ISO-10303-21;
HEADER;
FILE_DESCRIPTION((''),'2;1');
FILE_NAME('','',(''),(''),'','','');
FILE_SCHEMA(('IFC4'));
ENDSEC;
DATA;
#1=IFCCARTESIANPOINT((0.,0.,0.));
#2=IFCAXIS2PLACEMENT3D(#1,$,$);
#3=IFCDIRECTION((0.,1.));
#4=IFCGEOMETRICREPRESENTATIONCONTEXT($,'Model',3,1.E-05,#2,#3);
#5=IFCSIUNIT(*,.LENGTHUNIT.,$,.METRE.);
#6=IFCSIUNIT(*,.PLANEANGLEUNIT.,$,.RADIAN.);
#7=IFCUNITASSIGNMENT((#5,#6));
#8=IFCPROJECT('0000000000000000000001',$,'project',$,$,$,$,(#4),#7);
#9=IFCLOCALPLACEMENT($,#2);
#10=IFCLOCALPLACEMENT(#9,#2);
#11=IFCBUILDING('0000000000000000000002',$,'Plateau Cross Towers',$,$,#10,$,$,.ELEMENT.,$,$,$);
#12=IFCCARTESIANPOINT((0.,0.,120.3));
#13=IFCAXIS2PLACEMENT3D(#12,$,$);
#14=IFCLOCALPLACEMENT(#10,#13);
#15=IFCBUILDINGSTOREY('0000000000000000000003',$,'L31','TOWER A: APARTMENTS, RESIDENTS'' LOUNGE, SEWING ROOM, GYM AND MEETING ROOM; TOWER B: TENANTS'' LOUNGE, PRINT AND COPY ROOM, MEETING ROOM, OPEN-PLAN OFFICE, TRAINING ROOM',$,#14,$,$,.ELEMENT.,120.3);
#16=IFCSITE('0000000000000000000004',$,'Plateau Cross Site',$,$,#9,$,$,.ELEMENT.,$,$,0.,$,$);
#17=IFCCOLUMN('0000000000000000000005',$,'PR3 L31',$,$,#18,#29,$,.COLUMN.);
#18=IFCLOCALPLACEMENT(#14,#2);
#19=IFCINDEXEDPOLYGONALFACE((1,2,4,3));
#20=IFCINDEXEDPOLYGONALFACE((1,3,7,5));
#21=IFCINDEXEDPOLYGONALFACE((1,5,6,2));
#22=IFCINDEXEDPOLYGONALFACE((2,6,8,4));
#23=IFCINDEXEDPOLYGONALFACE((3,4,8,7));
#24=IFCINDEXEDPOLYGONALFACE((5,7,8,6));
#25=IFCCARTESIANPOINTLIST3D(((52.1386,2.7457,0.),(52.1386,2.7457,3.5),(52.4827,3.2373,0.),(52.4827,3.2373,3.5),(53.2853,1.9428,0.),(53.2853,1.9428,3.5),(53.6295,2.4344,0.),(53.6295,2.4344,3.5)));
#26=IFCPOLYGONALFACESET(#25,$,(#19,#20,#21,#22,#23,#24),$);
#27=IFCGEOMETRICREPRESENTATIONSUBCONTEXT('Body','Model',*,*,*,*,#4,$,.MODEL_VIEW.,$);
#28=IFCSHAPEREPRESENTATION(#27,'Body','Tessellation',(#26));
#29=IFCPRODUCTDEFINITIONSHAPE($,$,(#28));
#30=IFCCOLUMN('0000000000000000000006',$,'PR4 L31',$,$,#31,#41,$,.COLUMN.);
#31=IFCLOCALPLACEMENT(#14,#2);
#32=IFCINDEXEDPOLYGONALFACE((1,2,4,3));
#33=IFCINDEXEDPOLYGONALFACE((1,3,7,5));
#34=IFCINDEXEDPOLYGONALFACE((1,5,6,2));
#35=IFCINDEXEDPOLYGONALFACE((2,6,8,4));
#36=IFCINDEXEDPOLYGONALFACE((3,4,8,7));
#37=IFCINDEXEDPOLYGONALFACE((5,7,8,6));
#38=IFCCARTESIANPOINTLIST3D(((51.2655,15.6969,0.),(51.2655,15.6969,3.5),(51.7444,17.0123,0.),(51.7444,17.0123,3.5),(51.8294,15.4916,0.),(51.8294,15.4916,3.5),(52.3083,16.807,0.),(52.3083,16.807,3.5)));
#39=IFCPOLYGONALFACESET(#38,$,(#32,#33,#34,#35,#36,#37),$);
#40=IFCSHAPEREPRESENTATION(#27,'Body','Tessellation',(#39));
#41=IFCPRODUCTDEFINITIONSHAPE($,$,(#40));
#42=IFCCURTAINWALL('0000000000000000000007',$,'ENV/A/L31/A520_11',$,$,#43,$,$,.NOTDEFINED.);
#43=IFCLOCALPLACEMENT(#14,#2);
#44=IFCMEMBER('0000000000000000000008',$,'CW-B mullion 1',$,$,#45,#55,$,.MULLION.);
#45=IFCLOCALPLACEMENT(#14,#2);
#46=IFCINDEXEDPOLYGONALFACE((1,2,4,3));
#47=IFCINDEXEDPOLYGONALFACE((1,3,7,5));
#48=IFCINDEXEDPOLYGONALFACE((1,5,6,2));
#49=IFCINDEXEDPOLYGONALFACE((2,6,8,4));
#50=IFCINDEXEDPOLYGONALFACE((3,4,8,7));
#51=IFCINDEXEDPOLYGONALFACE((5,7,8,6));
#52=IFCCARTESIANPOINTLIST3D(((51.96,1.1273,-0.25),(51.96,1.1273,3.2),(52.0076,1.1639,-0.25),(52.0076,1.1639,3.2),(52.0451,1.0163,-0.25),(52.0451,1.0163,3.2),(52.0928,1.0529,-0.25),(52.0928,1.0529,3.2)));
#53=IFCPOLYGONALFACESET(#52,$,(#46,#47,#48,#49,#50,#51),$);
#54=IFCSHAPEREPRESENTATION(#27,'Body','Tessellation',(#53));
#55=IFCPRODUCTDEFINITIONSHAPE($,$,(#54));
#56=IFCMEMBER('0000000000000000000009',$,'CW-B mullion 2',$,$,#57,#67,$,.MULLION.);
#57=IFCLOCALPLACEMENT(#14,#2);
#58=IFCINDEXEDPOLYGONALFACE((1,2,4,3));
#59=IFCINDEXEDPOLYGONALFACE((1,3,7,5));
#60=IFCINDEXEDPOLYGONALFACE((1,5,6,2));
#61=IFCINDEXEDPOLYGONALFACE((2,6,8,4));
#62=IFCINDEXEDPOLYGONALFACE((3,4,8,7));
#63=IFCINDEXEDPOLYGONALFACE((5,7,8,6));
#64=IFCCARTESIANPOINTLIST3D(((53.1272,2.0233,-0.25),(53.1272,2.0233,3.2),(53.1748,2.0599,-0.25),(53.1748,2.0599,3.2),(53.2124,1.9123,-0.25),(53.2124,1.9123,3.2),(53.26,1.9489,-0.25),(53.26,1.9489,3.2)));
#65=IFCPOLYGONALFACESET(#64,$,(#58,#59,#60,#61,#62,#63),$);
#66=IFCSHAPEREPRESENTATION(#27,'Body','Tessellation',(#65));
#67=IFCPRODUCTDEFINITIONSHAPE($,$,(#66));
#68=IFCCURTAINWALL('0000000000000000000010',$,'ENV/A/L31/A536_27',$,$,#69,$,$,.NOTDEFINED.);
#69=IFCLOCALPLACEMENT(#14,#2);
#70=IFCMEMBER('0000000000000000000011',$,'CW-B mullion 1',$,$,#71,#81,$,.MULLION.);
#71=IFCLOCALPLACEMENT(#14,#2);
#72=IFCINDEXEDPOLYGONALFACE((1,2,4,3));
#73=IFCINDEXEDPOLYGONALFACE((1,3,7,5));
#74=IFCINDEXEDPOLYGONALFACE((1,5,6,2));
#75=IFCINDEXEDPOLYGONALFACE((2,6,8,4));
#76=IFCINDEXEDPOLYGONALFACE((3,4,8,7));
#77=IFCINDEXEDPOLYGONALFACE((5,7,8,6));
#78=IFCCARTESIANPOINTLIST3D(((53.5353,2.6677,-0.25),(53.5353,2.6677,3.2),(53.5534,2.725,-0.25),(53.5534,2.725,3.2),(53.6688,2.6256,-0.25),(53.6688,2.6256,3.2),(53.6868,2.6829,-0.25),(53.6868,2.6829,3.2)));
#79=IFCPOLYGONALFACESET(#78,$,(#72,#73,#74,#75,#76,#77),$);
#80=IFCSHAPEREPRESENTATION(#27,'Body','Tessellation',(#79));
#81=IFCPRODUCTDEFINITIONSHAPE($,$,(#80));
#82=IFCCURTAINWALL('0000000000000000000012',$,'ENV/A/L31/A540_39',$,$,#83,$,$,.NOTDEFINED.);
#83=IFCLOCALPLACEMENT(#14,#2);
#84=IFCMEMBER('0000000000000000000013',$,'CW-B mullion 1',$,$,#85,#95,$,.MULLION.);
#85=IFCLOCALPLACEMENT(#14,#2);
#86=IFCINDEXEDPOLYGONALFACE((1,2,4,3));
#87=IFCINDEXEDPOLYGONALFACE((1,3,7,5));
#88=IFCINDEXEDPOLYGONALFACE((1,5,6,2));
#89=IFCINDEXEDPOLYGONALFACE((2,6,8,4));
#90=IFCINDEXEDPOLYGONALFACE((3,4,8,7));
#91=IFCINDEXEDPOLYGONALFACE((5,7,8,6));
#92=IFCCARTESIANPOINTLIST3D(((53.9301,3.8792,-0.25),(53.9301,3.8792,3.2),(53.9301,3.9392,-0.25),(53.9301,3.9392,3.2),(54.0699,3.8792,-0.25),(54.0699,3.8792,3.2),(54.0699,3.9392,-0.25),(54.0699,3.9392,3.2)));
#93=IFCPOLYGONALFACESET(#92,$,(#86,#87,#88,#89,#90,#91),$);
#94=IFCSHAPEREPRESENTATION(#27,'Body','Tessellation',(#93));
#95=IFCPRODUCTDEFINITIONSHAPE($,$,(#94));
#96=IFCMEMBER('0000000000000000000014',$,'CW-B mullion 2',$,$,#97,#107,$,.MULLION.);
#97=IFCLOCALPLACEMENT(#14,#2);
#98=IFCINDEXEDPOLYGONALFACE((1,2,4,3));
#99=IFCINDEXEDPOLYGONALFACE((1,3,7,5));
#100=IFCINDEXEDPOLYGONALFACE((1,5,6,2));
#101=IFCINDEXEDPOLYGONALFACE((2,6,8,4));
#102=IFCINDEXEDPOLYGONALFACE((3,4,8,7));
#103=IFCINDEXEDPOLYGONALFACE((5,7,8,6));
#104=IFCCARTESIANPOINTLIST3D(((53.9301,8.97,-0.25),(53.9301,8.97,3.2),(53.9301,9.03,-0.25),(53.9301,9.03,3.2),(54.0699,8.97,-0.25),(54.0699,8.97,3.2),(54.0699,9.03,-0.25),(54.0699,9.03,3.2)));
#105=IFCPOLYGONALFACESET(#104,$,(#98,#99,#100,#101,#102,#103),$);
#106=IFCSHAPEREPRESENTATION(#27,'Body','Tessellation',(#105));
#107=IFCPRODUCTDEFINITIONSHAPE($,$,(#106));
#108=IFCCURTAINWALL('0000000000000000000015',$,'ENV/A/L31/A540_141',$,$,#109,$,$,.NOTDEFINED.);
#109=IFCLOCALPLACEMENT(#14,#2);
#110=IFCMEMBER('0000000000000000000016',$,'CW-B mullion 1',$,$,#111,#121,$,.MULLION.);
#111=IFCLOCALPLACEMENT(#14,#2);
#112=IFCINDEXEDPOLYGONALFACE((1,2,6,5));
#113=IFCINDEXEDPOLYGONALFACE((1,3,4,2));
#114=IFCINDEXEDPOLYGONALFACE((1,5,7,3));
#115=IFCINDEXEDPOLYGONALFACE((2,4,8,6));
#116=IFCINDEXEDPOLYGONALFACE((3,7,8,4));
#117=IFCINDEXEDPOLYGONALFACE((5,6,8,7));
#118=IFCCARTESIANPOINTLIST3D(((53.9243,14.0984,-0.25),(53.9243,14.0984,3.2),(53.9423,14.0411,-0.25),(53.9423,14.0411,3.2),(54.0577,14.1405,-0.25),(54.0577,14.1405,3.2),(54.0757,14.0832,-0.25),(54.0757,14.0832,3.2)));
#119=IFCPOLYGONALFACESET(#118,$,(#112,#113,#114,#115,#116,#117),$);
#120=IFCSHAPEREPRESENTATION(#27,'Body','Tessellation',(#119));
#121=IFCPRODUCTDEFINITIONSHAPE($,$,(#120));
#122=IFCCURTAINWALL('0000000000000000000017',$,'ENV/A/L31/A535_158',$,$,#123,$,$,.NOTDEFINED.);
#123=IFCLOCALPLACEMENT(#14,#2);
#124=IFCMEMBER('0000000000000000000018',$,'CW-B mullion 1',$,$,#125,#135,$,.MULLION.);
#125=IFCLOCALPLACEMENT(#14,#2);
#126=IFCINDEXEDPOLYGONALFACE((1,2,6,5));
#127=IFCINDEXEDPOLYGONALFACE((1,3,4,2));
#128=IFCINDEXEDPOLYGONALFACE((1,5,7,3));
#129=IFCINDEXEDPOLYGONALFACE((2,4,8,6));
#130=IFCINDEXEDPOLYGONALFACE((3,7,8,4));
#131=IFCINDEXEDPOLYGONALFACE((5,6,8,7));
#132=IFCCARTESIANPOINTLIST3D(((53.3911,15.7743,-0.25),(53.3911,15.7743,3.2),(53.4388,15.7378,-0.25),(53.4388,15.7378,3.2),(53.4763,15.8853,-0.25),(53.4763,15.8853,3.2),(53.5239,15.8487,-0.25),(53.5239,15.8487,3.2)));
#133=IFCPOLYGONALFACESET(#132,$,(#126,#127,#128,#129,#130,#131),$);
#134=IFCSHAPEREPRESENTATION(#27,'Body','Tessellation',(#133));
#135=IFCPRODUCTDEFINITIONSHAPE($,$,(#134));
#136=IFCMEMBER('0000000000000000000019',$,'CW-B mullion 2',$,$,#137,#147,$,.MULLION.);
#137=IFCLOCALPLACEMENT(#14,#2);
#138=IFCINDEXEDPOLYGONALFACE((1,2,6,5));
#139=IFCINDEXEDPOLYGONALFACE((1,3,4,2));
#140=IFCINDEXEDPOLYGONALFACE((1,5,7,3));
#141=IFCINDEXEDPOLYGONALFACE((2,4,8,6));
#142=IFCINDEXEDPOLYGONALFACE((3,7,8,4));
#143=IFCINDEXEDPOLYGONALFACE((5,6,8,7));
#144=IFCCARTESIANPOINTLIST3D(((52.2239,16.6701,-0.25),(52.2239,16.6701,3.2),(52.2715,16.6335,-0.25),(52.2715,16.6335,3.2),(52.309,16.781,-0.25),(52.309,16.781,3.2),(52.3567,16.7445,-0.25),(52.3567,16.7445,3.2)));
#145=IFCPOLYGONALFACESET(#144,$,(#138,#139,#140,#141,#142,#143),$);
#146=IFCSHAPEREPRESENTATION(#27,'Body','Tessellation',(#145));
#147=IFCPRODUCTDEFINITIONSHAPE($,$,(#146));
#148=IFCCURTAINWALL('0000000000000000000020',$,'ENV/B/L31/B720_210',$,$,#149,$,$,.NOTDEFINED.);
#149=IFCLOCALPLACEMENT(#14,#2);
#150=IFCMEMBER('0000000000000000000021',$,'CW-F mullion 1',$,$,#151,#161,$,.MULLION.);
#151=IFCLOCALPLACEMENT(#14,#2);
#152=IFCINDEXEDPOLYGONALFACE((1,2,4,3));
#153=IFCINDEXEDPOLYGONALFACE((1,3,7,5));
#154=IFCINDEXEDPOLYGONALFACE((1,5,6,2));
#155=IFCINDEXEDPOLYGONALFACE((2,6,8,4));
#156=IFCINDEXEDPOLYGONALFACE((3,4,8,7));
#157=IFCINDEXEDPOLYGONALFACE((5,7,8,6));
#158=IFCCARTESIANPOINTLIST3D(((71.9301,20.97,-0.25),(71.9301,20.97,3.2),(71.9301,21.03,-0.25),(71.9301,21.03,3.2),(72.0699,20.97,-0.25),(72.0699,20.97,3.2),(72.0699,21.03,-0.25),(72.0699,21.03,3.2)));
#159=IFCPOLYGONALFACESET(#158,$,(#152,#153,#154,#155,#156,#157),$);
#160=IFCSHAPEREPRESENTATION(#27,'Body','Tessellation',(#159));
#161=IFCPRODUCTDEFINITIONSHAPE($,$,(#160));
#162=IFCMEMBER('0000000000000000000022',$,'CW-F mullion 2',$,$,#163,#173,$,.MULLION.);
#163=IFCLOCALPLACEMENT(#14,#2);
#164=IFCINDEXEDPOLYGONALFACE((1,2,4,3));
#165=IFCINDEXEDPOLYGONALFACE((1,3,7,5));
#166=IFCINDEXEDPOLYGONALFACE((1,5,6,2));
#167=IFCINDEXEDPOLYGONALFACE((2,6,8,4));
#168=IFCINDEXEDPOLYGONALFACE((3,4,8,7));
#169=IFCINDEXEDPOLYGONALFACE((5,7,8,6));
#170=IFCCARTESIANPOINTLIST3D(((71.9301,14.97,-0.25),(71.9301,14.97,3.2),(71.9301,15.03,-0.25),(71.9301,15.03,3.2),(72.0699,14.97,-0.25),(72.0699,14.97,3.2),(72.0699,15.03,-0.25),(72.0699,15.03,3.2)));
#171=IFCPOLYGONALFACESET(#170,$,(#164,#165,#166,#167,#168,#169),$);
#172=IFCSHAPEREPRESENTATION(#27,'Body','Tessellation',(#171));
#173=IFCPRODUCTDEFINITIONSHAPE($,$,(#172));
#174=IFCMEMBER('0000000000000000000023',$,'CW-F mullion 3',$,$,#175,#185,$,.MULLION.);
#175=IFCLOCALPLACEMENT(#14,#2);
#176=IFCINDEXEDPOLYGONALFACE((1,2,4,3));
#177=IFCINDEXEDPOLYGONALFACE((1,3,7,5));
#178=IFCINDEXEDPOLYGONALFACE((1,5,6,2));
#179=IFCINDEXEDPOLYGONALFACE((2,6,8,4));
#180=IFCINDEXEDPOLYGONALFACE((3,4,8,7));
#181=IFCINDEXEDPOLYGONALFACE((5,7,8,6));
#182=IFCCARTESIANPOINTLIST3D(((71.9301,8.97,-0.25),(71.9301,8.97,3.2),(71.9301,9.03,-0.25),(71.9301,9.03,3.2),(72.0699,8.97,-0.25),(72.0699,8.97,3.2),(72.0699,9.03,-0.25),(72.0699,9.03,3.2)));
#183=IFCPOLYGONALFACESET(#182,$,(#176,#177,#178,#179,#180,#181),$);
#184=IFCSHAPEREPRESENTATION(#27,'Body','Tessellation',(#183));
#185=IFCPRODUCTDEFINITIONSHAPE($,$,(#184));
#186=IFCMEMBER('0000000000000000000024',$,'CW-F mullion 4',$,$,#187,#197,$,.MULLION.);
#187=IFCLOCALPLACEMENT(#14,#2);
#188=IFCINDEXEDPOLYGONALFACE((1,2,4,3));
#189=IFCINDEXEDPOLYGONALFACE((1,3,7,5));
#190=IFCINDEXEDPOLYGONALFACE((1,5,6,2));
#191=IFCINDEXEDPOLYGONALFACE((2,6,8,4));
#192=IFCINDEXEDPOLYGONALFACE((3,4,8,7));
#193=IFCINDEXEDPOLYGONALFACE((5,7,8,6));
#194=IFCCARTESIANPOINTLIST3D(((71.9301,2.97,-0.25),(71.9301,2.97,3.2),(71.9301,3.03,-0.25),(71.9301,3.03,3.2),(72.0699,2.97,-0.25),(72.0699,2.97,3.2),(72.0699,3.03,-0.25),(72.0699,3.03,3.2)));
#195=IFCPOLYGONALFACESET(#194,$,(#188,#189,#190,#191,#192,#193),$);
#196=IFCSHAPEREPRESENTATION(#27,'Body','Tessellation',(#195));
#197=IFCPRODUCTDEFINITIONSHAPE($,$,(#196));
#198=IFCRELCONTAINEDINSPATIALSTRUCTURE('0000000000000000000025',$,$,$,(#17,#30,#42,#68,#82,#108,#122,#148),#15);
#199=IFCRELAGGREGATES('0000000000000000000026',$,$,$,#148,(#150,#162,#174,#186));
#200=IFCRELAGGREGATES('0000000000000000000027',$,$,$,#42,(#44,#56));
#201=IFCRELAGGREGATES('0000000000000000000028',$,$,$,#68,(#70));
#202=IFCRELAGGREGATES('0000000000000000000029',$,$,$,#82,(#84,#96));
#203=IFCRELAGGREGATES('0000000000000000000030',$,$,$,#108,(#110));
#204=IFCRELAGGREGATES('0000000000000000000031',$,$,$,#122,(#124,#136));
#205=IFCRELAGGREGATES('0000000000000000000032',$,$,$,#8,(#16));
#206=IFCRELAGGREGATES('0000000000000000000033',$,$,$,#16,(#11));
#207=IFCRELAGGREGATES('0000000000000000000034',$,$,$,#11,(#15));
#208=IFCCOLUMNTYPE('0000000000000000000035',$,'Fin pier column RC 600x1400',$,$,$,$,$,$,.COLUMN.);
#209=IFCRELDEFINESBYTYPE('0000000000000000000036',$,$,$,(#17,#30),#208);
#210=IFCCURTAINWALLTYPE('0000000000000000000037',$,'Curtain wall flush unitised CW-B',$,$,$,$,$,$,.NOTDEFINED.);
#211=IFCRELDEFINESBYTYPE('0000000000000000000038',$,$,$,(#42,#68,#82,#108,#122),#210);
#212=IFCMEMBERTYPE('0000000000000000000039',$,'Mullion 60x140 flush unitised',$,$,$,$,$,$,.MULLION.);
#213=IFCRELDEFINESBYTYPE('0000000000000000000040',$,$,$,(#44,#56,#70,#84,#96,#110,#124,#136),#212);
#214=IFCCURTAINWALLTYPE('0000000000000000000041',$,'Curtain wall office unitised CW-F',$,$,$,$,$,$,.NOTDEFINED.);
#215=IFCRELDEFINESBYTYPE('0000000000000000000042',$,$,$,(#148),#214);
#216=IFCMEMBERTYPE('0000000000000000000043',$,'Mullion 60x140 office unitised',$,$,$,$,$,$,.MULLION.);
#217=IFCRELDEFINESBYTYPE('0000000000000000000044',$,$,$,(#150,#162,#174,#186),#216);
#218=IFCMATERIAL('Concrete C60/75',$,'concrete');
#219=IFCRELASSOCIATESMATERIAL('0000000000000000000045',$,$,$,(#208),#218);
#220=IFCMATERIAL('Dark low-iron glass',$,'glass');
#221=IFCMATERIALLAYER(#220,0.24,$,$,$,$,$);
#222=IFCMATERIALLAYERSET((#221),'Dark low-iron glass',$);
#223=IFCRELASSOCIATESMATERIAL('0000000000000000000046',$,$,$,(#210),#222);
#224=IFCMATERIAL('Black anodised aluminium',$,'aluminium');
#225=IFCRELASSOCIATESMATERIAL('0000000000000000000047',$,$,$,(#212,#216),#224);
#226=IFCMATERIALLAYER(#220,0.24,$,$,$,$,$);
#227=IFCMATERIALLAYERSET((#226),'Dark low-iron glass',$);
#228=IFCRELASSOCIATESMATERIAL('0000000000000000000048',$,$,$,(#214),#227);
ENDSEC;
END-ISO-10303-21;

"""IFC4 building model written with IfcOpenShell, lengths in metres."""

from ifc_helpers import new_model, si_unit, direction, frame, origin, origin_2d, place, context, subcontext, project, spatial, rectangle, extrude, material, layer, layer_set, material_profile, profile_set, type_object, element, aggregate, save


model = new_model("IFC4")

# Units and contexts
model_context = context("Model", 3, precision=1e-05, world=origin(), true_north=direction((0.0, 1.0)))
body_context = subcontext(model_context, "Body", "Model", "MODEL_VIEW")
ifc_project = project(units=[si_unit("LENGTHUNIT", "METRE"), si_unit("PLANEANGLEUNIT", "RADIAN")], contexts=[model_context])

# Site, building, storey
site_placement = place(None, origin())
site = spatial("IfcSite", under=ifc_project, at=site_placement, Name="Plateau Cross Site", CompositionType="ELEMENT", RefElevation=0.0)
building_placement = place(site_placement, origin())
building = spatial("IfcBuilding", under=site, at=building_placement, Name="Plateau Cross Towers", CompositionType="ELEMENT")
storey_placement = place(building_placement, frame((0.0, 0.0, 120.3)))
storey = spatial("IfcBuildingStorey", under=building, at=storey_placement, Name="L31", Description="TOWER A: APARTMENTS, RESIDENTS' LOUNGE, SEWING ROOM, GYM AND MEETING ROOM; TOWER B: TENANTS' LOUNGE, PRINT AND COPY ROOM, MEETING ROOM, OPEN-PLAN OFFICE, TRAINING ROOM", CompositionType="ELEMENT", Elevation=120.3)

# Columns
ifc_material_1 = material(Name="Concrete C60/75", Category="concrete")
ifc_material_profile_1 = material_profile(ifc_material_1, rectangle(XDim=0.6001, YDim=1.3999, at=origin_2d()), Name="RC 600x1400")
ifc_profile_set_1 = profile_set([ifc_material_profile_1], Name="Concrete C60/75")
column_type = type_object("IfcColumnType", Name="Fin pier column RC 600x1400", PredefinedType="COLUMN", material=ifc_profile_set_1)
for number, where, z_axis, x_axis, name in (
    (1, (52.884, 2.5901, 0.0), (0.0, 0.0, 1.0), (0.573543, 0.819176, 0.0), "PR3 L31"),
    (2, (51.7869, 16.252, 0.0), (0.0, 0.0, 1.0), (-0.939664, 0.342098, 0.0), "PR4 L31"),
):
    element("IfcColumn", number, at=place(storey_placement, frame(where, z_axis=z_axis, x_axis=x_axis)), inside=storey, type_object=column_type, Name=name, PredefinedType="COLUMN", context=body_context, shape_type="SweptSolid", body=[
        extrude(rectangle(XDim=0.6001, YDim=1.3999, at=origin_2d()), origin(), (0.0, 0.0, 1.0), 3.5),
    ])

# Curtain wall, members
ifc_material_2 = material(Name="Dark low-iron glass", Category="glass")
ifc_layer_1 = layer(ifc_material_2, 0.24)
ifc_layer_set_1 = layer_set([ifc_layer_1], Name="Dark low-iron glass")
curtain_wall_type_1 = type_object("IfcCurtainWallType", Name="Curtain wall flush unitised CW-B", PredefinedType="NOTDEFINED", material=ifc_layer_set_1)
curtain_wall_1_placement = place(storey_placement, origin())
curtain_wall_1 = element("IfcCurtainWall", 3, at=curtain_wall_1_placement, inside=storey, type_object=curtain_wall_type_1, Name="ENV/A/L31/A520_11", PredefinedType="NOTDEFINED")
ifc_material_3 = material(Name="Black anodised aluminium", Category="aluminium")
ifc_material_profile_2 = material_profile(ifc_material_3, rectangle(XDim=0.0601, YDim=0.1399, at=origin_2d()), Name="MULLION 60x140")
ifc_profile_set_2 = profile_set([ifc_material_profile_2], Name="Black anodised aluminium")
member_type_1 = type_object("IfcMemberType", Name="Mullion 60x140 flush unitised", PredefinedType="MULLION", material=ifc_profile_set_2)
member_1_placement = place(storey_placement, frame((52.0264, 1.0901, -0.25), z_axis=(0.0, 0.0, 1.0), x_axis=(0.793316, 0.608811, 0.0)))
member_1 = element("IfcMember", 4, at=member_1_placement, type_object=member_type_1, Name="CW-B mullion 1", PredefinedType="MULLION", context=body_context, shape_type="SweptSolid", body=[
    extrude(rectangle(XDim=0.0601, YDim=0.1399, at=origin_2d()), origin(), (0.0, 0.0, 1.0), 3.45),
])
member_2_placement = place(storey_placement, frame((53.1936, 1.9861, -0.25), z_axis=(0.0, 0.0, 1.0), x_axis=(0.793316, 0.608811, 0.0)))
member_2 = element("IfcMember", 5, at=member_2_placement, type_object=member_type_1, Name="CW-B mullion 2", PredefinedType="MULLION", context=body_context, shape_type="SweptSolid", body=[
    extrude(rectangle(XDim=0.0601, YDim=0.1399, at=origin_2d()), origin(), (0.0, 0.0, 1.0), 3.45),
])

# Curtain wall, member
curtain_wall_2_placement = place(storey_placement, origin())
curtain_wall_2 = element("IfcCurtainWall", 6, at=curtain_wall_2_placement, inside=storey, type_object=curtain_wall_type_1, Name="ENV/A/L31/A536_27", PredefinedType="NOTDEFINED")
member_3_placement = place(storey_placement, frame((53.6111, 2.6753, -0.25), z_axis=(0.0, 0.0, 1.0), x_axis=(0.300686, 0.953723, 0.0)))
member_3 = element("IfcMember", 7, at=member_3_placement, type_object=member_type_1, Name="CW-B mullion 1", PredefinedType="MULLION", context=body_context, shape_type="SweptSolid", body=[
    extrude(rectangle(XDim=0.0601, YDim=0.1399, at=origin_2d()), origin(), (0.0, 0.0, 1.0), 3.45),
])

# Curtain wall, members
curtain_wall_3_placement = place(storey_placement, origin())
curtain_wall_3 = element("IfcCurtainWall", 8, at=curtain_wall_3_placement, inside=storey, type_object=curtain_wall_type_1, Name="ENV/A/L31/A540_39", PredefinedType="NOTDEFINED")
member_4_placement = place(storey_placement, frame((54.0, 3.9092, -0.25), z_axis=(0.0, 0.0, 1.0), x_axis=(0.0, 1.0, 0.0)))
member_4 = element("IfcMember", 9, at=member_4_placement, type_object=member_type_1, Name="CW-B mullion 1", PredefinedType="MULLION", context=body_context, shape_type="SweptSolid", body=[
    extrude(rectangle(XDim=0.0601, YDim=0.1399, at=origin_2d()), origin(), (0.0, 0.0, 1.0), 3.45),
])
member_5_placement = place(storey_placement, frame((54.0, 9.0, -0.25), z_axis=(0.0, 0.0, 1.0), x_axis=(0.0, 1.0, 0.0)))
member_5 = element("IfcMember", 10, at=member_5_placement, type_object=member_type_1, Name="CW-B mullion 2", PredefinedType="MULLION", context=body_context, shape_type="SweptSolid", body=[
    extrude(rectangle(XDim=0.0601, YDim=0.1399, at=origin_2d()), origin(), (0.0, 0.0, 1.0), 3.45),
])

# Curtain wall, member
curtain_wall_4_placement = place(storey_placement, origin())
curtain_wall_4 = element("IfcCurtainWall", 11, at=curtain_wall_4_placement, inside=storey, type_object=curtain_wall_type_1, Name="ENV/A/L31/A540_141", PredefinedType="NOTDEFINED")
member_6_placement = place(storey_placement, frame((54.0, 14.0908, -0.25), z_axis=(0.0, 0.0, 1.0), x_axis=(-0.300686, 0.953723, 0.0)))
member_6 = element("IfcMember", 12, at=member_6_placement, type_object=member_type_1, Name="CW-B mullion 1", PredefinedType="MULLION", context=body_context, shape_type="SweptSolid", body=[
    extrude(rectangle(XDim=0.0601, YDim=0.1399, at=origin_2d()), origin(), (0.0, 0.0, 1.0), 3.45),
])

# Curtain walls, members
curtain_wall_5_placement = place(storey_placement, origin())
curtain_wall_5 = element("IfcCurtainWall", 13, at=curtain_wall_5_placement, inside=storey, type_object=curtain_wall_type_1, Name="ENV/A/L31/A535_158", PredefinedType="NOTDEFINED")
member_7_placement = place(storey_placement, frame((53.4575, 15.8115, -0.25), z_axis=(0.0, 0.0, 1.0), x_axis=(-0.793316, 0.608811, 0.0)))
member_7 = element("IfcMember", 14, at=member_7_placement, type_object=member_type_1, Name="CW-B mullion 1", PredefinedType="MULLION", context=body_context, shape_type="SweptSolid", body=[
    extrude(rectangle(XDim=0.0601, YDim=0.1399, at=origin_2d()), origin(), (0.0, 0.0, 1.0), 3.45),
])
member_8_placement = place(storey_placement, frame((52.2903, 16.7073, -0.25), z_axis=(0.0, 0.0, 1.0), x_axis=(-0.793316, 0.608811, 0.0)))
member_8 = element("IfcMember", 15, at=member_8_placement, type_object=member_type_1, Name="CW-B mullion 2", PredefinedType="MULLION", context=body_context, shape_type="SweptSolid", body=[
    extrude(rectangle(XDim=0.0601, YDim=0.1399, at=origin_2d()), origin(), (0.0, 0.0, 1.0), 3.45),
])
ifc_layer_2 = layer(ifc_material_2, 0.24)
ifc_layer_set_2 = layer_set([ifc_layer_2], Name="Dark low-iron glass")
curtain_wall_type_2 = type_object("IfcCurtainWallType", Name="Curtain wall office unitised CW-F", PredefinedType="NOTDEFINED", material=ifc_layer_set_2)
curtain_wall_6_placement = place(storey_placement, origin())
curtain_wall_6 = element("IfcCurtainWall", 16, at=curtain_wall_6_placement, inside=storey, type_object=curtain_wall_type_2, Name="ENV/B/L31/B720_210", PredefinedType="NOTDEFINED")
ifc_material_profile_3 = material_profile(ifc_material_3, rectangle(XDim=0.0601, YDim=0.1399, at=origin_2d()), Name="MULLION 60x140")
ifc_profile_set_3 = profile_set([ifc_material_profile_3], Name="Black anodised aluminium")
member_type_2 = type_object("IfcMemberType", Name="Mullion 60x140 office unitised", PredefinedType="MULLION", material=ifc_profile_set_3)
member_9_placement = place(storey_placement, frame((72.0, 21.0, -0.25), z_axis=(0.0, 0.0, 1.0), x_axis=(0.0, -1.0, 0.0)))
member_9 = element("IfcMember", 17, at=member_9_placement, type_object=member_type_2, Name="CW-F mullion 1", PredefinedType="MULLION", context=body_context, shape_type="SweptSolid", body=[
    extrude(rectangle(XDim=0.0601, YDim=0.1399, at=origin_2d()), origin(), (0.0, 0.0, 1.0), 3.45),
])
member_10_placement = place(storey_placement, frame((72.0, 15.0, -0.25), z_axis=(0.0, 0.0, 1.0), x_axis=(0.0, -1.0, 0.0)))
member_10 = element("IfcMember", 18, at=member_10_placement, type_object=member_type_2, Name="CW-F mullion 2", PredefinedType="MULLION", context=body_context, shape_type="SweptSolid", body=[
    extrude(rectangle(XDim=0.0601, YDim=0.1399, at=origin_2d()), origin(), (0.0, 0.0, 1.0), 3.45),
])
member_11_placement = place(storey_placement, frame((72.0, 9.0, -0.25), z_axis=(0.0, 0.0, 1.0), x_axis=(0.0, -1.0, 0.0)))
member_11 = element("IfcMember", 19, at=member_11_placement, type_object=member_type_2, Name="CW-F mullion 3", PredefinedType="MULLION", context=body_context, shape_type="SweptSolid", body=[
    extrude(rectangle(XDim=0.0601, YDim=0.1399, at=origin_2d()), origin(), (0.0, 0.0, 1.0), 3.45),
])
member_12_placement = place(storey_placement, frame((72.0, 3.0, -0.25), z_axis=(0.0, 0.0, 1.0), x_axis=(0.0, -1.0, 0.0)))
member_12 = element("IfcMember", 20, at=member_12_placement, type_object=member_type_2, Name="CW-F mullion 4", PredefinedType="MULLION", context=body_context, shape_type="SweptSolid", body=[
    extrude(rectangle(XDim=0.0601, YDim=0.1399, at=origin_2d()), origin(), (0.0, 0.0, 1.0), 3.45),
])
aggregate(curtain_wall_6, [member_9, member_10, member_11, member_12])

aggregate(curtain_wall_1, [member_1, member_2])
aggregate(curtain_wall_2, [member_3])
aggregate(curtain_wall_3, [member_4, member_5])
aggregate(curtain_wall_4, [member_6])
aggregate(curtain_wall_5, [member_7, member_8])

save(model, "model.ifc")
